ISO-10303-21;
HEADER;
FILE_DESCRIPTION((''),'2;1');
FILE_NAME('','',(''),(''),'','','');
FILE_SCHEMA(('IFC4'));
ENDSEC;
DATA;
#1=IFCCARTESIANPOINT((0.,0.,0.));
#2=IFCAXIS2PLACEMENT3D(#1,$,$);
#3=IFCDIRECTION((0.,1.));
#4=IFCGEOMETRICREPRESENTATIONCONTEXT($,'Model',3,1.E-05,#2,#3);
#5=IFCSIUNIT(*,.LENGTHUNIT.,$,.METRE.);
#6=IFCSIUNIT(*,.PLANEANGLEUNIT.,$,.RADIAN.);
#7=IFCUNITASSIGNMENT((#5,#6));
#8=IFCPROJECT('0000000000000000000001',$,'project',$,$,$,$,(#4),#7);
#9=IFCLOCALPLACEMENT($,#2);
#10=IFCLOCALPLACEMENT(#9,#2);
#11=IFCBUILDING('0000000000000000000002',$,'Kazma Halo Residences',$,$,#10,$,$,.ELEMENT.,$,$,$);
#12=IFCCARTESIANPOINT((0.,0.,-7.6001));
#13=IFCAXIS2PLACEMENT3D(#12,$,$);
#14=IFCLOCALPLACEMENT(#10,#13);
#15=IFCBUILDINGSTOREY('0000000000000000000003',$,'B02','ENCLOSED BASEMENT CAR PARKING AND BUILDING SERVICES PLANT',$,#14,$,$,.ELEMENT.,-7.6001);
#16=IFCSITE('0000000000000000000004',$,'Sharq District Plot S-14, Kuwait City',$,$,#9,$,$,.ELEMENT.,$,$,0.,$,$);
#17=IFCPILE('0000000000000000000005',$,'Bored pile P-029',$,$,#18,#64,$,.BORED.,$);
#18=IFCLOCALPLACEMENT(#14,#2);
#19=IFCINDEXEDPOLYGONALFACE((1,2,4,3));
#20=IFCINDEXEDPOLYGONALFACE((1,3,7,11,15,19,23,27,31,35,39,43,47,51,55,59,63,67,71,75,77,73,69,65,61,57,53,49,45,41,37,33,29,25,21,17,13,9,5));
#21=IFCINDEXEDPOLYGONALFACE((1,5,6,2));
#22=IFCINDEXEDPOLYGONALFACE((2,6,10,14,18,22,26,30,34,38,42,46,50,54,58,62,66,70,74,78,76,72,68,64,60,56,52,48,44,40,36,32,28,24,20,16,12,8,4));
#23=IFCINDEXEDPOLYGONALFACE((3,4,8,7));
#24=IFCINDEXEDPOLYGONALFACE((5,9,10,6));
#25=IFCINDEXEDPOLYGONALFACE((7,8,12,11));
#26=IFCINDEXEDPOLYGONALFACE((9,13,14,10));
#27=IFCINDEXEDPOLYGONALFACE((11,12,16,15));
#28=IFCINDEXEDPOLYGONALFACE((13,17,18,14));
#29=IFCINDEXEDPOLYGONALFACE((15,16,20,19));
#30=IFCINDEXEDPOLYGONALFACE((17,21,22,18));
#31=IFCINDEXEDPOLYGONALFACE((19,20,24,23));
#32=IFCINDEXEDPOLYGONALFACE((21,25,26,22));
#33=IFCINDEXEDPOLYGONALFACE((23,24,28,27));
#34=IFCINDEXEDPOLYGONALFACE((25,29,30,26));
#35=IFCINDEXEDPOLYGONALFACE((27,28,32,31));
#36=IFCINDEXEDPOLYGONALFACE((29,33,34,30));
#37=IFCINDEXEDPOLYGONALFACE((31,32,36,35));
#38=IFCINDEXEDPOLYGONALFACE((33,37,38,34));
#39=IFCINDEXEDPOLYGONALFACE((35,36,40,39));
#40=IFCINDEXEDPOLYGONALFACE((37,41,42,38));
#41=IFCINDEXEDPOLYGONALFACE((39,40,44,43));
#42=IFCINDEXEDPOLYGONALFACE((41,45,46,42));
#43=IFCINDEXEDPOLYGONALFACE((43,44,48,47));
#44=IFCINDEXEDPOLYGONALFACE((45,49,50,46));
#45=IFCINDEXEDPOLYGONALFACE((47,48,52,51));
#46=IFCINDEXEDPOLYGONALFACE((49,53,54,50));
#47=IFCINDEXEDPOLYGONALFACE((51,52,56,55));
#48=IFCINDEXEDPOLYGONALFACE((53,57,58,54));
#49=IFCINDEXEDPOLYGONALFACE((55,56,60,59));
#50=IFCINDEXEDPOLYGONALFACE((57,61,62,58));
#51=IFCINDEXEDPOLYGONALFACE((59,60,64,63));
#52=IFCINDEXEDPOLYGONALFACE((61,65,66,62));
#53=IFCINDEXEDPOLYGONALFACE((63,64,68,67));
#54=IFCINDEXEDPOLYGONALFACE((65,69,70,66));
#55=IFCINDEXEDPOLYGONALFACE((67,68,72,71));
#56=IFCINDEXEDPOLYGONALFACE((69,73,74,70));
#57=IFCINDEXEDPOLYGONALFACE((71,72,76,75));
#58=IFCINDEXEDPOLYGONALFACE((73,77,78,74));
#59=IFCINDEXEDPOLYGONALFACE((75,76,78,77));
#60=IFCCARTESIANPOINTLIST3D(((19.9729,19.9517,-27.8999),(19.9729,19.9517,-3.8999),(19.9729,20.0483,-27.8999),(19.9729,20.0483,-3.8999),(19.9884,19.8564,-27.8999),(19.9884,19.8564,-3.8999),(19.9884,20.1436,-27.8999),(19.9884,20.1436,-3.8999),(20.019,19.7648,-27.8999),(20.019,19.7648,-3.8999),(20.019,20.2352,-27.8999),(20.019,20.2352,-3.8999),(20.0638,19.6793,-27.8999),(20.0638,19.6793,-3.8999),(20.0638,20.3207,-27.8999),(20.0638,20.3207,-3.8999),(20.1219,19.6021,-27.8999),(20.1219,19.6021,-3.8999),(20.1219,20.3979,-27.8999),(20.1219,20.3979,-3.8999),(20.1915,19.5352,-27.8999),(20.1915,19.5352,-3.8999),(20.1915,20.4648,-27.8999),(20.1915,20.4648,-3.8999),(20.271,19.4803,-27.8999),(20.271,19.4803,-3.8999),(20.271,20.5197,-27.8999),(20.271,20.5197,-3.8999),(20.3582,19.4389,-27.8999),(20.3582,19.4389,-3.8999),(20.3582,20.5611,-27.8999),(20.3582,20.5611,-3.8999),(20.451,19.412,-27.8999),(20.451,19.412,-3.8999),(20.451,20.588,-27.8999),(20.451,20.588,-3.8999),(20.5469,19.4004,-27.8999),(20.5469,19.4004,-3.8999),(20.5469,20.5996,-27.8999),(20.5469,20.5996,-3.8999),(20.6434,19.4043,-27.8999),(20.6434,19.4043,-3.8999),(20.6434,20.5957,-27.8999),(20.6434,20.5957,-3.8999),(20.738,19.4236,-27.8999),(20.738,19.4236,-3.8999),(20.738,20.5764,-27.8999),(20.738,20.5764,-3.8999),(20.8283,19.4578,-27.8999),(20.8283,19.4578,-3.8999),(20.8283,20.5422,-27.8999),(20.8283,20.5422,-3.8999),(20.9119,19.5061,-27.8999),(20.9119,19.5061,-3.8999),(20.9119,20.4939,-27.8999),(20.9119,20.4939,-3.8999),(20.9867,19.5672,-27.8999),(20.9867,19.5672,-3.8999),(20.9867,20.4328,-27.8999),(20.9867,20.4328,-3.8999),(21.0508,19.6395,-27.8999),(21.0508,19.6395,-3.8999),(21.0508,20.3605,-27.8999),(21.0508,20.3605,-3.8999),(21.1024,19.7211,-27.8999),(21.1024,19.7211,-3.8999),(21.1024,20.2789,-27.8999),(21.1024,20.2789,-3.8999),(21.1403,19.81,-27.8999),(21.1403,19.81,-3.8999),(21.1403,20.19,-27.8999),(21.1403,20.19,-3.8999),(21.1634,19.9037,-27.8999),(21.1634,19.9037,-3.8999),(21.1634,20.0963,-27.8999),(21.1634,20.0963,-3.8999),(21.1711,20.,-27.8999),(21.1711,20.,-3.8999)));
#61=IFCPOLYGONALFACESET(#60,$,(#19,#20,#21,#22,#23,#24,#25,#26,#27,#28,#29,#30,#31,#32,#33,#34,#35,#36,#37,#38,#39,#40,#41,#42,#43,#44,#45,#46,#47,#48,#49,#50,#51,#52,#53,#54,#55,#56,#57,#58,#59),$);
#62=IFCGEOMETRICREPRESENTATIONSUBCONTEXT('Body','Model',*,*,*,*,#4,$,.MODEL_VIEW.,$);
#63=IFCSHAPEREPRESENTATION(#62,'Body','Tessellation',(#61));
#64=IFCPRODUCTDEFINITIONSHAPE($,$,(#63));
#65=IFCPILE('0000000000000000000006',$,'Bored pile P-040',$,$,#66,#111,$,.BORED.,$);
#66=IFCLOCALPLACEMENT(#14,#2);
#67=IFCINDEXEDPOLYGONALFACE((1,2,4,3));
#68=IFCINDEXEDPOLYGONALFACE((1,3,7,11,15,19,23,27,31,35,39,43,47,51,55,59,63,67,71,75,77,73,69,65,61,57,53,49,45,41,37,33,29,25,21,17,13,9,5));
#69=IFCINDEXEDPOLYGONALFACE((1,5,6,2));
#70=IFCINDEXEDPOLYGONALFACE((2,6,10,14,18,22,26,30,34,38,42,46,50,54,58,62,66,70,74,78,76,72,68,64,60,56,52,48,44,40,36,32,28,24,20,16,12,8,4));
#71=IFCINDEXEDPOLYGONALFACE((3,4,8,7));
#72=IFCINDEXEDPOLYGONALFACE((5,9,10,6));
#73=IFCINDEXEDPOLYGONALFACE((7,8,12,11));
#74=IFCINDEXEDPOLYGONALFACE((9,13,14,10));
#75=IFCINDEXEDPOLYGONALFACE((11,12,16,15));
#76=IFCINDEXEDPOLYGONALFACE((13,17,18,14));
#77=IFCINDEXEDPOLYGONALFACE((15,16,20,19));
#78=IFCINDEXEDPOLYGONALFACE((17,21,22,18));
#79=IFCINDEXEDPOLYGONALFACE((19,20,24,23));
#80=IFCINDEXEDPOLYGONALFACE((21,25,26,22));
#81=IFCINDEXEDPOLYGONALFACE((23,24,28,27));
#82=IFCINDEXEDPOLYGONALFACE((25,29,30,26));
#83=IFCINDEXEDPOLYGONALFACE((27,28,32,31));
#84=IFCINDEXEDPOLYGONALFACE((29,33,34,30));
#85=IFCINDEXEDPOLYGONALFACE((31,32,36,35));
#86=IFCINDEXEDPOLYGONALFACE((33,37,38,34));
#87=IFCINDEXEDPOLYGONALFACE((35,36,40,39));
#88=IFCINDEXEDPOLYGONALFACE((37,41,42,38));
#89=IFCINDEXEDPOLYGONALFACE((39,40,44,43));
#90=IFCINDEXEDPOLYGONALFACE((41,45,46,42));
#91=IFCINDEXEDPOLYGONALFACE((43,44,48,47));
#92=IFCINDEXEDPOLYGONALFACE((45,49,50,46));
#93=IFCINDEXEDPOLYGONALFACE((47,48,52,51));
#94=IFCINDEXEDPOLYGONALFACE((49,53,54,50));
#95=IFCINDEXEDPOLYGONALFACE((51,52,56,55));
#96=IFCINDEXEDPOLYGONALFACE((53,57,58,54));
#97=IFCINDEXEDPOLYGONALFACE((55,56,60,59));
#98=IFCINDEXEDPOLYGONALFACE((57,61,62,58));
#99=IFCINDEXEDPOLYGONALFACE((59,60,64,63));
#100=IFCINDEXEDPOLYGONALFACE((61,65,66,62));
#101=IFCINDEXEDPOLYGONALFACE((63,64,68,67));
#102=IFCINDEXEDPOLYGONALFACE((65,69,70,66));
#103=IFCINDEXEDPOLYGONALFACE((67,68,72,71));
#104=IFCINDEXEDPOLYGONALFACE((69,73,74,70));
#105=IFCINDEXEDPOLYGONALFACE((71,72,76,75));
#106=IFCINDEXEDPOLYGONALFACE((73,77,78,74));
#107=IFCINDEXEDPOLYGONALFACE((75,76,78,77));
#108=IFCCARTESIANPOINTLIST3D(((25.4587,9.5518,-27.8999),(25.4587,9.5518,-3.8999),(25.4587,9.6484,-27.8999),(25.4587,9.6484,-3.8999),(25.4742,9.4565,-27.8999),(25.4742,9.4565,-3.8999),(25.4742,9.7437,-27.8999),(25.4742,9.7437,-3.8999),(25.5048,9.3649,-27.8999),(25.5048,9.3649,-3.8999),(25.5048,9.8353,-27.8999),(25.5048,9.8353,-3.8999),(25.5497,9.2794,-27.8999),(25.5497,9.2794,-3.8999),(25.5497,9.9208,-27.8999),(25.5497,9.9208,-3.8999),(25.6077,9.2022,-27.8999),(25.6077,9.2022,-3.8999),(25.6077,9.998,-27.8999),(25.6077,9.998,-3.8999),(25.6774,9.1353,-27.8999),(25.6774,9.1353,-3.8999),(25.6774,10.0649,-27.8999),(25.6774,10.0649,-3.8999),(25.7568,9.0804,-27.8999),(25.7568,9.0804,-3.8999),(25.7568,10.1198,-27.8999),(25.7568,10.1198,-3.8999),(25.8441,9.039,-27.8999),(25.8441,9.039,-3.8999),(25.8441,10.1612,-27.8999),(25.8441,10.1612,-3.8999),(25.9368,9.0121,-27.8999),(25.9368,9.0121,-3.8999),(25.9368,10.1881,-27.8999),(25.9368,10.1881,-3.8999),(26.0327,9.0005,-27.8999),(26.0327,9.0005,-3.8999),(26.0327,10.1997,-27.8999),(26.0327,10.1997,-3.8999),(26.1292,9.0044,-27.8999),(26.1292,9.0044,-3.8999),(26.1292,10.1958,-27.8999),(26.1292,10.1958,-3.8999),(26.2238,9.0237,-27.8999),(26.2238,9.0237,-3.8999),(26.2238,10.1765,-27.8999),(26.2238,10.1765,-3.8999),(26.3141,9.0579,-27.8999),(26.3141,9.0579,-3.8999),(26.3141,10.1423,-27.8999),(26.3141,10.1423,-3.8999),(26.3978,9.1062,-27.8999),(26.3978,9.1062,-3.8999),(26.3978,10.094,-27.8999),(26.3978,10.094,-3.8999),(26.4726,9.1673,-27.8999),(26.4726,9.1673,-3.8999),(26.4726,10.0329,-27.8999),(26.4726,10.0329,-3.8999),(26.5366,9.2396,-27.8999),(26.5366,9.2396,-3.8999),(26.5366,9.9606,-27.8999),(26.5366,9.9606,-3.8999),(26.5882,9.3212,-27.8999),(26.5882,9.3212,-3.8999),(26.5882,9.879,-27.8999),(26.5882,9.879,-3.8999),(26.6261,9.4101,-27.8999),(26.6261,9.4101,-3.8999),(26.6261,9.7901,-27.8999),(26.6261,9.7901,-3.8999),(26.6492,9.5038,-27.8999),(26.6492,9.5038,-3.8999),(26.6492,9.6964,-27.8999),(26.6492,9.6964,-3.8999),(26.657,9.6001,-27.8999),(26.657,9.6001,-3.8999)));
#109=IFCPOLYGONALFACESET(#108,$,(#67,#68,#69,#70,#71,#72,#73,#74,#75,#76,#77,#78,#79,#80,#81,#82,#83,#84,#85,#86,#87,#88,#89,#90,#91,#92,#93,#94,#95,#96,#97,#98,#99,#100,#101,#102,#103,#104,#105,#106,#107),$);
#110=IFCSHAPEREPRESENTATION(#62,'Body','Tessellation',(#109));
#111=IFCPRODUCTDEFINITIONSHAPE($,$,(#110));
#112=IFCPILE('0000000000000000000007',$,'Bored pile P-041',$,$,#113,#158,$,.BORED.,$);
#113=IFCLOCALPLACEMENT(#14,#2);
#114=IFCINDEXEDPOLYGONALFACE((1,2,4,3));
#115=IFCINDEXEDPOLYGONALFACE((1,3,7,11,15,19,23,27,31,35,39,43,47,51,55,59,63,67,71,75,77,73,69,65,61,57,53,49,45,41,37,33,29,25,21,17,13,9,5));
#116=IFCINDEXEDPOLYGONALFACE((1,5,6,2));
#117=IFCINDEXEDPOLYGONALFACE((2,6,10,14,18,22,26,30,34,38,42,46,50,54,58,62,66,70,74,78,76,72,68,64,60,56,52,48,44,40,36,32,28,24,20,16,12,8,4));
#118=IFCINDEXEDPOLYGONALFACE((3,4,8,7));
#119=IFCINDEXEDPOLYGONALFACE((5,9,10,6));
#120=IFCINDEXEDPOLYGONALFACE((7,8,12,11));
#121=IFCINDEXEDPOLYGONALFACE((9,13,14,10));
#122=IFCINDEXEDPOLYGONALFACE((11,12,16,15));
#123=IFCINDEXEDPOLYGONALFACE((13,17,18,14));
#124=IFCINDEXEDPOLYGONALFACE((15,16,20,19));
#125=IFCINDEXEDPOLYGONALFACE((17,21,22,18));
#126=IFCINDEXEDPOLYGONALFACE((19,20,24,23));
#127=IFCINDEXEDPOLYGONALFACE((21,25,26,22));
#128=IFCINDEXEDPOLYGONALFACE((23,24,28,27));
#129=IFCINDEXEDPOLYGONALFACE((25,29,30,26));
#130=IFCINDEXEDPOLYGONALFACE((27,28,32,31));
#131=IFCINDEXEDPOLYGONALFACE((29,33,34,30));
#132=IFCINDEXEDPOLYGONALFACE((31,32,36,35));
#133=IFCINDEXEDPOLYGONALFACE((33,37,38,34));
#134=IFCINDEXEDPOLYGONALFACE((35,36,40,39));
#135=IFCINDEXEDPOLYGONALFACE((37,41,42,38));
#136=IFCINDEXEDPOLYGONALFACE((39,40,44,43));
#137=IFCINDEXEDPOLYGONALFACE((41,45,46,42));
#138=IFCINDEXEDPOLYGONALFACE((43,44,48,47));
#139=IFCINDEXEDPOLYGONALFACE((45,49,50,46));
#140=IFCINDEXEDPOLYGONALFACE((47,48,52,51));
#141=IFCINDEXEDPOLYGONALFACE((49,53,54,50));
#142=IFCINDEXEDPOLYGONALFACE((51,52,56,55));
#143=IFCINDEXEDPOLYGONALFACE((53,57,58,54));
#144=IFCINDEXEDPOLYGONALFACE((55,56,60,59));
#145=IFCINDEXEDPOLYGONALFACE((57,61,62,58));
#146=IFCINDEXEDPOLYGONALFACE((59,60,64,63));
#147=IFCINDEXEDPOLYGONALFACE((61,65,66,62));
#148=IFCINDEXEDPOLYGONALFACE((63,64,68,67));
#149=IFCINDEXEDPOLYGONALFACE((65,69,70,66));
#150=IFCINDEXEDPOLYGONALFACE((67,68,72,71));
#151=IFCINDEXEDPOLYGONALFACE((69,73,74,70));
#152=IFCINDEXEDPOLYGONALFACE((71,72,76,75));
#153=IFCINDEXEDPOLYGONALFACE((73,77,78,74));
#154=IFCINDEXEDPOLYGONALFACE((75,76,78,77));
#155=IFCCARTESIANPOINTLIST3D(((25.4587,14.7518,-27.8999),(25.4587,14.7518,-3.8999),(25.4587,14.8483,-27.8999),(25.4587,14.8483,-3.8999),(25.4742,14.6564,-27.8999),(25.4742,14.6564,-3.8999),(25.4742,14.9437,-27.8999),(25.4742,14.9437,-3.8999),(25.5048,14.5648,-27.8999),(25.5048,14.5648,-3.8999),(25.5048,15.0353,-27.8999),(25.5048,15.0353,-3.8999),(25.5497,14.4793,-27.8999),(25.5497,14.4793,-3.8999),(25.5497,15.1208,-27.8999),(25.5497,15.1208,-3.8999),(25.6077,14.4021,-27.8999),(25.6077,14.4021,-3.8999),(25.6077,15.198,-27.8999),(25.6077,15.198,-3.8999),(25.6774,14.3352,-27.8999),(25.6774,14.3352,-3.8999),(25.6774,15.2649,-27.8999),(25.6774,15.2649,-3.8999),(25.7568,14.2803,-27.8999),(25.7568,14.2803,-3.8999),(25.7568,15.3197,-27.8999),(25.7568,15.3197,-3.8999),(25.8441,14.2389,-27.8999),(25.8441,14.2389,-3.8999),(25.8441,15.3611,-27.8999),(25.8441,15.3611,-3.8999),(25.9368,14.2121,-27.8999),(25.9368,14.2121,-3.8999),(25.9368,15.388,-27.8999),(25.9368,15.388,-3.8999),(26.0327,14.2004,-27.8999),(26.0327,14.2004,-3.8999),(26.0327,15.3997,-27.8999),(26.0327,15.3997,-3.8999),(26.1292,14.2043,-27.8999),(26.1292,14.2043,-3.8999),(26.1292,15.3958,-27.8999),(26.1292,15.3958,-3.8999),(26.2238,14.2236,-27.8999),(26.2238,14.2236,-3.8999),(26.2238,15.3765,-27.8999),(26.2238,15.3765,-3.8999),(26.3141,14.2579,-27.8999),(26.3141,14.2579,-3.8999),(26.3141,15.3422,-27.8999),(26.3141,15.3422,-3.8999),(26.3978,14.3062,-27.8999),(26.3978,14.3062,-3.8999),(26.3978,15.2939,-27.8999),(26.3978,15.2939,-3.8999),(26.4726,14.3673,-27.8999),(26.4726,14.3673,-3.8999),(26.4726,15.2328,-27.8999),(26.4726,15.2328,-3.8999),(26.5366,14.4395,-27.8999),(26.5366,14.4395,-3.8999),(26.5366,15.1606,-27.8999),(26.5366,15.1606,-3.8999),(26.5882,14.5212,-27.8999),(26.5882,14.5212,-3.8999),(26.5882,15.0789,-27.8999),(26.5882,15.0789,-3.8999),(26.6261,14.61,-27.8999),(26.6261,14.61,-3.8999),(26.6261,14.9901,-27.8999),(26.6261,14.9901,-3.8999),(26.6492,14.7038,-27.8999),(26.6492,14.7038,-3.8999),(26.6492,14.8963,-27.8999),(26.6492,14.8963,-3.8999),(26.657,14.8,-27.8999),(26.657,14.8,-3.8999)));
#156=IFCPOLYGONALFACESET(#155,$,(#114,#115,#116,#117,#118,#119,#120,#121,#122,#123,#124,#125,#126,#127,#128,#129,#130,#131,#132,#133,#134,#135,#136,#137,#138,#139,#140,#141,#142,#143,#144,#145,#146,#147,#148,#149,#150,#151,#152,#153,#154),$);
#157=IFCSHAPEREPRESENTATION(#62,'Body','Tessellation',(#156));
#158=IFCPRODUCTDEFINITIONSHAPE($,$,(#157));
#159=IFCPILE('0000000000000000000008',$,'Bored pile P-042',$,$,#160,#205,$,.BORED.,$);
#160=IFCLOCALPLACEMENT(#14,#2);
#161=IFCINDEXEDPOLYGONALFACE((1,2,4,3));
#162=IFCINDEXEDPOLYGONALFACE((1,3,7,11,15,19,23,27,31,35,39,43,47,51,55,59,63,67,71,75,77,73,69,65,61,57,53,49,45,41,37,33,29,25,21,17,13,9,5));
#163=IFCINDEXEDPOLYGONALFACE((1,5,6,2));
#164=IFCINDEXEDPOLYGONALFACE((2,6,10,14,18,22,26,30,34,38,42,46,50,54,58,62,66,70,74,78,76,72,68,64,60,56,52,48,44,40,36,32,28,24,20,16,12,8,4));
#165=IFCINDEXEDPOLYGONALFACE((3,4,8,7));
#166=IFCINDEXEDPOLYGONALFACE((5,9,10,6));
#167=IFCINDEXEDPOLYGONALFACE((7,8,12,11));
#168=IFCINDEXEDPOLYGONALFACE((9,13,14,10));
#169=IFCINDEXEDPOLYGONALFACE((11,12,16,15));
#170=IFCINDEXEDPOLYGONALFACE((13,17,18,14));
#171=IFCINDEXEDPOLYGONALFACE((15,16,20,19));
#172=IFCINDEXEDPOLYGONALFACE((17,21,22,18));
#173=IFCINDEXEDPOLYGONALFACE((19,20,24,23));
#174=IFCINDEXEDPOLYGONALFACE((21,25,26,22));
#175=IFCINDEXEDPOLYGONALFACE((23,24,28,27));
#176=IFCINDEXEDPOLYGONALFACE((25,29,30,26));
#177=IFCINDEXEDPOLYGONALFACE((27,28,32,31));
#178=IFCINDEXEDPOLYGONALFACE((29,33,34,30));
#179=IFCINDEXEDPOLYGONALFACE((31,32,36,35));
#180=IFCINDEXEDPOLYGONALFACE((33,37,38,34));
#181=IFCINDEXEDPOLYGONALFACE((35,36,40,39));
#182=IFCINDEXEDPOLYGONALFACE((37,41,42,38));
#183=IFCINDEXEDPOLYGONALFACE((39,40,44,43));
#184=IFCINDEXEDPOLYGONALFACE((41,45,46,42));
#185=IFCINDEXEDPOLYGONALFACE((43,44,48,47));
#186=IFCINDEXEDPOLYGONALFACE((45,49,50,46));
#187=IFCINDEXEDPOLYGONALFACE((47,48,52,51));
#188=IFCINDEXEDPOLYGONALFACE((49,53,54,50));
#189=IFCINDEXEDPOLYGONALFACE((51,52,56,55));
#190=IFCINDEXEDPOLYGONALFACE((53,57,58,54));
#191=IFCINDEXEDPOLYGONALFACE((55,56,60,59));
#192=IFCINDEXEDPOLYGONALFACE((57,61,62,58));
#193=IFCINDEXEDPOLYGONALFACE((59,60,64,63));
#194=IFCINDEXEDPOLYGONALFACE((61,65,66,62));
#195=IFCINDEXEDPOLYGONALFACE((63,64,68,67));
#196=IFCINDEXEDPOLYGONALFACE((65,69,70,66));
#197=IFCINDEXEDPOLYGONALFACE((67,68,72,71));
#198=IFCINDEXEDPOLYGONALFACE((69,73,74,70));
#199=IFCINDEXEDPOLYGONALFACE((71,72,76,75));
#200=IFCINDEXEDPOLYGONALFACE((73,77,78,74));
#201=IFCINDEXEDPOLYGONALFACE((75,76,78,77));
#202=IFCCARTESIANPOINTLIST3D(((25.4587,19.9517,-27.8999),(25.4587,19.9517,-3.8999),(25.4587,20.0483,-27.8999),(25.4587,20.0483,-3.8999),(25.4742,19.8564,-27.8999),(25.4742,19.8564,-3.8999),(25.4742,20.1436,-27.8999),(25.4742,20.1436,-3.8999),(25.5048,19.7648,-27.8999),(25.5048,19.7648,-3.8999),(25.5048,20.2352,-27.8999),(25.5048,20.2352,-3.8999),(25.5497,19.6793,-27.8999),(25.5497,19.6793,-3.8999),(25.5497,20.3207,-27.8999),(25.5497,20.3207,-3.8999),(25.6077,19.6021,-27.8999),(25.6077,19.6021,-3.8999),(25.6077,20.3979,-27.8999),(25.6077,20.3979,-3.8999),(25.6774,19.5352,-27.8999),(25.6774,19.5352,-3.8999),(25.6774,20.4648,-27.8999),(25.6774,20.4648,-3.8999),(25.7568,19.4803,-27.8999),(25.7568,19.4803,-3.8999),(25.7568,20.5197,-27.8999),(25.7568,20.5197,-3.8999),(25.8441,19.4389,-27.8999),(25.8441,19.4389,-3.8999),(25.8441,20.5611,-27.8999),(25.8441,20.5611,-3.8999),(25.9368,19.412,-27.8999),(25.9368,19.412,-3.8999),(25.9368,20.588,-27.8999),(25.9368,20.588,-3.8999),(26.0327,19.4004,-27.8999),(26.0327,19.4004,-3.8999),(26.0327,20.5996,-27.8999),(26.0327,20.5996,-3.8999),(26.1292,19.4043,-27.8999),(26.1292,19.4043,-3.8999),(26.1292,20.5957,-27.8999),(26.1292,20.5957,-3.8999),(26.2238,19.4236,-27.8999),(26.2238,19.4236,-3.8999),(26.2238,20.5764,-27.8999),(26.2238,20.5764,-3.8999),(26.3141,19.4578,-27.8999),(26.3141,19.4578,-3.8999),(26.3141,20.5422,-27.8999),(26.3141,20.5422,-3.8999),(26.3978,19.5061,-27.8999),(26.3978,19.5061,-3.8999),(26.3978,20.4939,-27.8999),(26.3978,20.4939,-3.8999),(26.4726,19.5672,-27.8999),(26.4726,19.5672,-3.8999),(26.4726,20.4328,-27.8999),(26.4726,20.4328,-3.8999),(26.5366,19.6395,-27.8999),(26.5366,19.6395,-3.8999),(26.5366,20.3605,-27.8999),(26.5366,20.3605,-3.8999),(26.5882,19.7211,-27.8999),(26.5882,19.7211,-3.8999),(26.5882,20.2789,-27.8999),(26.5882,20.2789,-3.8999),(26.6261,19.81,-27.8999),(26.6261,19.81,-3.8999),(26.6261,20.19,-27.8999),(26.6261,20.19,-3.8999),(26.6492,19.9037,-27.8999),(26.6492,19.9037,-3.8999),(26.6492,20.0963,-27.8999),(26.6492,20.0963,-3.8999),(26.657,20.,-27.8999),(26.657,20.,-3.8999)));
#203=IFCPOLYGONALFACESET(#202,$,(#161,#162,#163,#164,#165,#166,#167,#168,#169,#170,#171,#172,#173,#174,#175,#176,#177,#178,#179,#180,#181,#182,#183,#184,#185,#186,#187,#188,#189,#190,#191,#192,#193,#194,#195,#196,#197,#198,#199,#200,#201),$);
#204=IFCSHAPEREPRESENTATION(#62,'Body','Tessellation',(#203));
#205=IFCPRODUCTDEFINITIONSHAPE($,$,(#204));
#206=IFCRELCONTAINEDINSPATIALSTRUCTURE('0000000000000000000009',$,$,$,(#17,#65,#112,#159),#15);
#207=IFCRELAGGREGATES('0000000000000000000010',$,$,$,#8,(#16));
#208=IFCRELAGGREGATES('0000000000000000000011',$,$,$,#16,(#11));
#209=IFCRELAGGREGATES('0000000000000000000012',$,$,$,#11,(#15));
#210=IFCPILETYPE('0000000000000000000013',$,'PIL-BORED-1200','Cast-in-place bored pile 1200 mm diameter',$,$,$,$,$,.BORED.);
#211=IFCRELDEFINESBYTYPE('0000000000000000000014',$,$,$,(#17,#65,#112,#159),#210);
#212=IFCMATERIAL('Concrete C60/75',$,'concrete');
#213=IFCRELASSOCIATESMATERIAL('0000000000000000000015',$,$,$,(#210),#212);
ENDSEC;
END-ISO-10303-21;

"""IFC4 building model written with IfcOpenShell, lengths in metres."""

from ifc_helpers import new_model, si_unit, direction, frame, origin, origin_2d, place, context, subcontext, project, spatial, circle, extrude, material, material_profile, profile_set, type_object, element, save


model = new_model("IFC4")

# Units and contexts
model_context = context("Model", 3, precision=1e-05, world=origin(), true_north=direction((0.0, 1.0)))
body_context = subcontext(model_context, "Body", "Model", "MODEL_VIEW")
ifc_project = project(units=[si_unit("LENGTHUNIT", "METRE"), si_unit("PLANEANGLEUNIT", "RADIAN")], contexts=[model_context])

# Site, building, storey
site_placement = place(None, origin())
site = spatial("IfcSite", under=ifc_project, at=site_placement, Name="Sharq District Plot S-14, Kuwait City", CompositionType="ELEMENT", RefElevation=0.0)
building_placement = place(site_placement, origin())
building = spatial("IfcBuilding", under=site, at=building_placement, Name="Kazma Halo Residences", CompositionType="ELEMENT")
storey_placement = place(building_placement, frame((0.0, 0.0, -7.6001)))
storey = spatial("IfcBuildingStorey", under=building, at=storey_placement, Name="B02", Description="ENCLOSED BASEMENT CAR PARKING AND BUILDING SERVICES PLANT", CompositionType="ELEMENT", Elevation=-7.6001)

# Piles
ifc_material_1 = material(Name="Concrete C60/75", Category="concrete")
ifc_material_profile_1 = material_profile(ifc_material_1, circle(Radius=0.6001, at=origin_2d()), Name="CIRC1200")
ifc_profile_set_1 = profile_set([ifc_material_profile_1], Name="Concrete C60/75")
pile_type = type_object("IfcPileType", Name="PIL-BORED-1200", Description="Cast-in-place bored pile 1200 mm diameter", PredefinedType="BORED", material=ifc_profile_set_1)
for number, where, z_axis, x_axis, name in (
    (1, (20.571, 20.0, -3.8999), (0.0, 0.0, -1.0), (1.0, 0.0, 0.0), "Bored pile P-029"),
    (2, (26.0569, 9.6001, -3.8999), (0.0, 0.0, -1.0), (1.0, 0.0, 0.0), "Bored pile P-040"),
    (3, (26.0569, 14.8, -3.8999), (0.0, 0.0, -1.0), (1.0, 0.0, 0.0), "Bored pile P-041"),
    (4, (26.0569, 20.0, -3.8999), (0.0, 0.0, -1.0), (1.0, 0.0, 0.0), "Bored pile P-042"),
):
    element("IfcPile", number, at=place(storey_placement, frame(where, z_axis=z_axis, x_axis=x_axis)), inside=storey, type_object=pile_type, Name=name, PredefinedType="BORED", context=body_context, shape_type="SweptSolid", body=[
        extrude(circle(Radius=0.6001, at=origin_2d()), origin(), (0.0, 0.0, 1.0), 24.0),
    ])

save(model, "model.ifc")
